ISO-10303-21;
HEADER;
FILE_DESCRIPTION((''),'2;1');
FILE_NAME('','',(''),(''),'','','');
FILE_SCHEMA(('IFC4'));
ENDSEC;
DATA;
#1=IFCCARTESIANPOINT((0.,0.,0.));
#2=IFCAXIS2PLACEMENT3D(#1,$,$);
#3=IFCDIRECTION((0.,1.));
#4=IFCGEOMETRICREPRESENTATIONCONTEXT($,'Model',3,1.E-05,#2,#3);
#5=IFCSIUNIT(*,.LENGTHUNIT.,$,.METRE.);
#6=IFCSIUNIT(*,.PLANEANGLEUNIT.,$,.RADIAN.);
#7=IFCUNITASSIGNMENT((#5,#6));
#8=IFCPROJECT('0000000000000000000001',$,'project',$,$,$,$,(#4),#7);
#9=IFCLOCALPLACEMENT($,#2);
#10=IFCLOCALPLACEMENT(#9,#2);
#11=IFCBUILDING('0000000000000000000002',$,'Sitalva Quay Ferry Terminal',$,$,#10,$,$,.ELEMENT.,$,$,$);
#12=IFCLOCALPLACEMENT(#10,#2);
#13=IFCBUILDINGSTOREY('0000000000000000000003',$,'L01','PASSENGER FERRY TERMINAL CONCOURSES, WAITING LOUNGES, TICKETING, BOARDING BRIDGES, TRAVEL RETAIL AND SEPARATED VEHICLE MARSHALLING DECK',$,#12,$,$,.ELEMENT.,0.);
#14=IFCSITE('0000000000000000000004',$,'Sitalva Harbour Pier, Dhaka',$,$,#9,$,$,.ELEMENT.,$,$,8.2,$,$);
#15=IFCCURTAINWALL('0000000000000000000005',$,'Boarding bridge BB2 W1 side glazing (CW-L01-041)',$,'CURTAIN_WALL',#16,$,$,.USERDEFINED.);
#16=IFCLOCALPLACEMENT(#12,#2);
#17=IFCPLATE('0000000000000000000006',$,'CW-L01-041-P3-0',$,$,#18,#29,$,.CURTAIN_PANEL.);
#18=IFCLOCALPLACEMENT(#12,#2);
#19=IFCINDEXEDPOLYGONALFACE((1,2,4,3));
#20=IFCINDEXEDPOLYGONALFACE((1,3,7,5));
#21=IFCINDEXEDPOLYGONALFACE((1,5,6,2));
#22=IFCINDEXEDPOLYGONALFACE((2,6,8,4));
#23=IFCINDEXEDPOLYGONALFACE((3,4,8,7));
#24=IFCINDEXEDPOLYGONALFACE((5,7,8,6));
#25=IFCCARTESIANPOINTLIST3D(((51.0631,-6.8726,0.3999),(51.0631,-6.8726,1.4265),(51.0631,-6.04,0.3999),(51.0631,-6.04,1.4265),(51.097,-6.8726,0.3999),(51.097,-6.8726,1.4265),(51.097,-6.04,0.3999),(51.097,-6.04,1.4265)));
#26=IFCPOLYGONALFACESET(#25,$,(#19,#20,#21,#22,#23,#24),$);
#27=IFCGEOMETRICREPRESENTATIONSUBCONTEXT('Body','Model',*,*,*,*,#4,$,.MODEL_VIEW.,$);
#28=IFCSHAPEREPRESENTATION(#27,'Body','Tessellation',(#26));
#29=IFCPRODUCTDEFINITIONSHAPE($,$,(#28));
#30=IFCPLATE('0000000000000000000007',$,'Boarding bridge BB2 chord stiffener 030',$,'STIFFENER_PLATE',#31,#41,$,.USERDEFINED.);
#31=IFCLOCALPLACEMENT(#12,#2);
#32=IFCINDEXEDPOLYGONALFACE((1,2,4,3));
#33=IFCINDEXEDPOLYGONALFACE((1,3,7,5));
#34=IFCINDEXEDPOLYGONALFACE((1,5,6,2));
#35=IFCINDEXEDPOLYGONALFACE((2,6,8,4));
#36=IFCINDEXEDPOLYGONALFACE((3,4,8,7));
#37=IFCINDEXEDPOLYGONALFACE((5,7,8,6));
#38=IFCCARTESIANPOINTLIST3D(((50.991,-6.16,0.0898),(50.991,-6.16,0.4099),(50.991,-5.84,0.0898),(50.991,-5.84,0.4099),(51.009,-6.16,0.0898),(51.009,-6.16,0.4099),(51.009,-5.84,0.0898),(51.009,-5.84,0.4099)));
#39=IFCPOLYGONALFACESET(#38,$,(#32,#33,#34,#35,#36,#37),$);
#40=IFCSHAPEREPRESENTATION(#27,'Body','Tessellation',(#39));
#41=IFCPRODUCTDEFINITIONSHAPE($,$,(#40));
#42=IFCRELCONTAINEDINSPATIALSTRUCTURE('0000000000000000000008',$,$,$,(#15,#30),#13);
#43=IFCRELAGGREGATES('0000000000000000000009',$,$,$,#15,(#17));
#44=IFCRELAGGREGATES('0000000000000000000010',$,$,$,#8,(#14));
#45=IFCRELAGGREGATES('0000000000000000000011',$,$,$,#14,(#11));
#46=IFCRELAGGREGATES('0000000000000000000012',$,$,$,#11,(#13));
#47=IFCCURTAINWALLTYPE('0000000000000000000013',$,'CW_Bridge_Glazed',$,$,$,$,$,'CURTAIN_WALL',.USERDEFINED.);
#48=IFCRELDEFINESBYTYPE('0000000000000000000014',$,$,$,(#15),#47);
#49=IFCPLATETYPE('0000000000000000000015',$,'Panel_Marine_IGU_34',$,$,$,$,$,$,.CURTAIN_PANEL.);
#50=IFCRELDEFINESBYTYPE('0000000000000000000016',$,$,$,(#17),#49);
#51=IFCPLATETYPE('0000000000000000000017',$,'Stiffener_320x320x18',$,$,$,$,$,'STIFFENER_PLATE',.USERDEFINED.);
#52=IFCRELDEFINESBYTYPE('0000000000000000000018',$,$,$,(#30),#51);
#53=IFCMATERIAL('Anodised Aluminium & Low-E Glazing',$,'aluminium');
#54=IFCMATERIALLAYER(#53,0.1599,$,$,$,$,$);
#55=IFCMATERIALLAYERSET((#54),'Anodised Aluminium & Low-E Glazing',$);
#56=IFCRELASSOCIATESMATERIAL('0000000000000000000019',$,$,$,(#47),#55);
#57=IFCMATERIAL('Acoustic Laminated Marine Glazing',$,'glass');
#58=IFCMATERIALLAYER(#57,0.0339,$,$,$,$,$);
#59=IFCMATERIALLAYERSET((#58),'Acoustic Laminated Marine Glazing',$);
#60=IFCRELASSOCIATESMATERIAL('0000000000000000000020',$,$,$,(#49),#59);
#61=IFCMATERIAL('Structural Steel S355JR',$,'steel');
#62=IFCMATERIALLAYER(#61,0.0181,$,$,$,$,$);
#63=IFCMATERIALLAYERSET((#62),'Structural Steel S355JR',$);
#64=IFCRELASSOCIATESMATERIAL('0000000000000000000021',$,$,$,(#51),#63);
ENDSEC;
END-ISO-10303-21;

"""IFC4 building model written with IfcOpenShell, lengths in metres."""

from ifc_helpers import new_model, si_unit, direction, frame, origin, origin_2d, place, context, subcontext, project, spatial, rectangle, extrude, material, layer, layer_set, type_object, element, aggregate, save


model = new_model("IFC4")

# Units and contexts
model_context = context("Model", 3, precision=1e-05, world=origin(), true_north=direction((0.0, 1.0)))
body_context = subcontext(model_context, "Body", "Model", "MODEL_VIEW")
ifc_project = project(units=[si_unit("LENGTHUNIT", "METRE"), si_unit("PLANEANGLEUNIT", "RADIAN")], contexts=[model_context])

# Site, building, storey
site_placement = place(None, origin())
site = spatial("IfcSite", under=ifc_project, at=site_placement, Name="Sitalva Harbour Pier, Dhaka", CompositionType="ELEMENT", RefElevation=8.2)
building_placement = place(site_placement, origin())
building = spatial("IfcBuilding", under=site, at=building_placement, Name="Sitalva Quay Ferry Terminal", CompositionType="ELEMENT")
storey_placement = place(building_placement, origin())
storey = spatial("IfcBuildingStorey", under=building, at=storey_placement, Name="L01", Description="PASSENGER FERRY TERMINAL CONCOURSES, WAITING LOUNGES, TICKETING, BOARDING BRIDGES, TRAVEL RETAIL AND SEPARATED VEHICLE MARSHALLING DECK", CompositionType="ELEMENT", Elevation=0.0)

# Curtain wall
ifc_material_1 = material(Name="Anodised Aluminium & Low-E Glazing", Category="aluminium")
ifc_layer_1 = layer(ifc_material_1, 0.1599)
ifc_layer_set_1 = layer_set([ifc_layer_1], Name="Anodised Aluminium & Low-E Glazing")
curtain_wall_type = type_object("IfcCurtainWallType", Name="CW_Bridge_Glazed", ElementType="CURTAIN_WALL", PredefinedType="USERDEFINED", material=ifc_layer_set_1)
curtain_wall_placement = place(storey_placement, origin())
curtain_wall = element("IfcCurtainWall", 1, at=curtain_wall_placement, inside=storey, type_object=curtain_wall_type, Name="Boarding bridge BB2 W1 side glazing (CW-L01-041)", ObjectType="CURTAIN_WALL", PredefinedType="USERDEFINED")

# Plates
ifc_material_2 = material(Name="Acoustic Laminated Marine Glazing", Category="glass")
ifc_layer_2 = layer(ifc_material_2, 0.0339)
ifc_layer_set_2 = layer_set([ifc_layer_2], Name="Acoustic Laminated Marine Glazing")
plate_type_1 = type_object("IfcPlateType", Name="Panel_Marine_IGU_34", PredefinedType="CURTAIN_PANEL", material=ifc_layer_set_2)
plate_1_placement = place(storey_placement, frame((51.0801, -6.4563, 0.3999), z_axis=(0.0, 0.0, 1.0), x_axis=(0.0, 1.0, 0.0)))
plate_1 = element("IfcPlate", 2, at=plate_1_placement, type_object=plate_type_1, Name="CW-L01-041-P3-0", PredefinedType="CURTAIN_PANEL", context=body_context, shape_type="SweptSolid", body=[
    extrude(rectangle(XDim=0.8325, YDim=0.0339, at=origin_2d()), origin(), (0.0, 0.0, 1.0), 1.0266),
])
aggregate(curtain_wall, [plate_1])
ifc_material_3 = material(Name="Structural Steel S355JR", Category="steel")
ifc_layer_3 = layer(ifc_material_3, 0.0181)
ifc_layer_set_3 = layer_set([ifc_layer_3], Name="Structural Steel S355JR")
plate_type_2 = type_object("IfcPlateType", Name="Stiffener_320x320x18", ElementType="STIFFENER_PLATE", PredefinedType="USERDEFINED", material=ifc_layer_set_3)
plate_2_placement = place(storey_placement, frame((51.0, -6.0, 0.0898), z_axis=(0.0, 0.0, 1.0), x_axis=(1.0, 0.0, 0.0)))
element("IfcPlate", 3, at=plate_2_placement, inside=storey, type_object=plate_type_2, Name="Boarding bridge BB2 chord stiffener 030", ObjectType="STIFFENER_PLATE", PredefinedType="USERDEFINED", context=body_context, shape_type="SweptSolid", body=[
    extrude(rectangle(XDim=0.0181, YDim=0.3201, at=origin_2d()), origin(), (0.0, 0.0, 1.0), 0.3201),
])

save(model, "model.ifc")
